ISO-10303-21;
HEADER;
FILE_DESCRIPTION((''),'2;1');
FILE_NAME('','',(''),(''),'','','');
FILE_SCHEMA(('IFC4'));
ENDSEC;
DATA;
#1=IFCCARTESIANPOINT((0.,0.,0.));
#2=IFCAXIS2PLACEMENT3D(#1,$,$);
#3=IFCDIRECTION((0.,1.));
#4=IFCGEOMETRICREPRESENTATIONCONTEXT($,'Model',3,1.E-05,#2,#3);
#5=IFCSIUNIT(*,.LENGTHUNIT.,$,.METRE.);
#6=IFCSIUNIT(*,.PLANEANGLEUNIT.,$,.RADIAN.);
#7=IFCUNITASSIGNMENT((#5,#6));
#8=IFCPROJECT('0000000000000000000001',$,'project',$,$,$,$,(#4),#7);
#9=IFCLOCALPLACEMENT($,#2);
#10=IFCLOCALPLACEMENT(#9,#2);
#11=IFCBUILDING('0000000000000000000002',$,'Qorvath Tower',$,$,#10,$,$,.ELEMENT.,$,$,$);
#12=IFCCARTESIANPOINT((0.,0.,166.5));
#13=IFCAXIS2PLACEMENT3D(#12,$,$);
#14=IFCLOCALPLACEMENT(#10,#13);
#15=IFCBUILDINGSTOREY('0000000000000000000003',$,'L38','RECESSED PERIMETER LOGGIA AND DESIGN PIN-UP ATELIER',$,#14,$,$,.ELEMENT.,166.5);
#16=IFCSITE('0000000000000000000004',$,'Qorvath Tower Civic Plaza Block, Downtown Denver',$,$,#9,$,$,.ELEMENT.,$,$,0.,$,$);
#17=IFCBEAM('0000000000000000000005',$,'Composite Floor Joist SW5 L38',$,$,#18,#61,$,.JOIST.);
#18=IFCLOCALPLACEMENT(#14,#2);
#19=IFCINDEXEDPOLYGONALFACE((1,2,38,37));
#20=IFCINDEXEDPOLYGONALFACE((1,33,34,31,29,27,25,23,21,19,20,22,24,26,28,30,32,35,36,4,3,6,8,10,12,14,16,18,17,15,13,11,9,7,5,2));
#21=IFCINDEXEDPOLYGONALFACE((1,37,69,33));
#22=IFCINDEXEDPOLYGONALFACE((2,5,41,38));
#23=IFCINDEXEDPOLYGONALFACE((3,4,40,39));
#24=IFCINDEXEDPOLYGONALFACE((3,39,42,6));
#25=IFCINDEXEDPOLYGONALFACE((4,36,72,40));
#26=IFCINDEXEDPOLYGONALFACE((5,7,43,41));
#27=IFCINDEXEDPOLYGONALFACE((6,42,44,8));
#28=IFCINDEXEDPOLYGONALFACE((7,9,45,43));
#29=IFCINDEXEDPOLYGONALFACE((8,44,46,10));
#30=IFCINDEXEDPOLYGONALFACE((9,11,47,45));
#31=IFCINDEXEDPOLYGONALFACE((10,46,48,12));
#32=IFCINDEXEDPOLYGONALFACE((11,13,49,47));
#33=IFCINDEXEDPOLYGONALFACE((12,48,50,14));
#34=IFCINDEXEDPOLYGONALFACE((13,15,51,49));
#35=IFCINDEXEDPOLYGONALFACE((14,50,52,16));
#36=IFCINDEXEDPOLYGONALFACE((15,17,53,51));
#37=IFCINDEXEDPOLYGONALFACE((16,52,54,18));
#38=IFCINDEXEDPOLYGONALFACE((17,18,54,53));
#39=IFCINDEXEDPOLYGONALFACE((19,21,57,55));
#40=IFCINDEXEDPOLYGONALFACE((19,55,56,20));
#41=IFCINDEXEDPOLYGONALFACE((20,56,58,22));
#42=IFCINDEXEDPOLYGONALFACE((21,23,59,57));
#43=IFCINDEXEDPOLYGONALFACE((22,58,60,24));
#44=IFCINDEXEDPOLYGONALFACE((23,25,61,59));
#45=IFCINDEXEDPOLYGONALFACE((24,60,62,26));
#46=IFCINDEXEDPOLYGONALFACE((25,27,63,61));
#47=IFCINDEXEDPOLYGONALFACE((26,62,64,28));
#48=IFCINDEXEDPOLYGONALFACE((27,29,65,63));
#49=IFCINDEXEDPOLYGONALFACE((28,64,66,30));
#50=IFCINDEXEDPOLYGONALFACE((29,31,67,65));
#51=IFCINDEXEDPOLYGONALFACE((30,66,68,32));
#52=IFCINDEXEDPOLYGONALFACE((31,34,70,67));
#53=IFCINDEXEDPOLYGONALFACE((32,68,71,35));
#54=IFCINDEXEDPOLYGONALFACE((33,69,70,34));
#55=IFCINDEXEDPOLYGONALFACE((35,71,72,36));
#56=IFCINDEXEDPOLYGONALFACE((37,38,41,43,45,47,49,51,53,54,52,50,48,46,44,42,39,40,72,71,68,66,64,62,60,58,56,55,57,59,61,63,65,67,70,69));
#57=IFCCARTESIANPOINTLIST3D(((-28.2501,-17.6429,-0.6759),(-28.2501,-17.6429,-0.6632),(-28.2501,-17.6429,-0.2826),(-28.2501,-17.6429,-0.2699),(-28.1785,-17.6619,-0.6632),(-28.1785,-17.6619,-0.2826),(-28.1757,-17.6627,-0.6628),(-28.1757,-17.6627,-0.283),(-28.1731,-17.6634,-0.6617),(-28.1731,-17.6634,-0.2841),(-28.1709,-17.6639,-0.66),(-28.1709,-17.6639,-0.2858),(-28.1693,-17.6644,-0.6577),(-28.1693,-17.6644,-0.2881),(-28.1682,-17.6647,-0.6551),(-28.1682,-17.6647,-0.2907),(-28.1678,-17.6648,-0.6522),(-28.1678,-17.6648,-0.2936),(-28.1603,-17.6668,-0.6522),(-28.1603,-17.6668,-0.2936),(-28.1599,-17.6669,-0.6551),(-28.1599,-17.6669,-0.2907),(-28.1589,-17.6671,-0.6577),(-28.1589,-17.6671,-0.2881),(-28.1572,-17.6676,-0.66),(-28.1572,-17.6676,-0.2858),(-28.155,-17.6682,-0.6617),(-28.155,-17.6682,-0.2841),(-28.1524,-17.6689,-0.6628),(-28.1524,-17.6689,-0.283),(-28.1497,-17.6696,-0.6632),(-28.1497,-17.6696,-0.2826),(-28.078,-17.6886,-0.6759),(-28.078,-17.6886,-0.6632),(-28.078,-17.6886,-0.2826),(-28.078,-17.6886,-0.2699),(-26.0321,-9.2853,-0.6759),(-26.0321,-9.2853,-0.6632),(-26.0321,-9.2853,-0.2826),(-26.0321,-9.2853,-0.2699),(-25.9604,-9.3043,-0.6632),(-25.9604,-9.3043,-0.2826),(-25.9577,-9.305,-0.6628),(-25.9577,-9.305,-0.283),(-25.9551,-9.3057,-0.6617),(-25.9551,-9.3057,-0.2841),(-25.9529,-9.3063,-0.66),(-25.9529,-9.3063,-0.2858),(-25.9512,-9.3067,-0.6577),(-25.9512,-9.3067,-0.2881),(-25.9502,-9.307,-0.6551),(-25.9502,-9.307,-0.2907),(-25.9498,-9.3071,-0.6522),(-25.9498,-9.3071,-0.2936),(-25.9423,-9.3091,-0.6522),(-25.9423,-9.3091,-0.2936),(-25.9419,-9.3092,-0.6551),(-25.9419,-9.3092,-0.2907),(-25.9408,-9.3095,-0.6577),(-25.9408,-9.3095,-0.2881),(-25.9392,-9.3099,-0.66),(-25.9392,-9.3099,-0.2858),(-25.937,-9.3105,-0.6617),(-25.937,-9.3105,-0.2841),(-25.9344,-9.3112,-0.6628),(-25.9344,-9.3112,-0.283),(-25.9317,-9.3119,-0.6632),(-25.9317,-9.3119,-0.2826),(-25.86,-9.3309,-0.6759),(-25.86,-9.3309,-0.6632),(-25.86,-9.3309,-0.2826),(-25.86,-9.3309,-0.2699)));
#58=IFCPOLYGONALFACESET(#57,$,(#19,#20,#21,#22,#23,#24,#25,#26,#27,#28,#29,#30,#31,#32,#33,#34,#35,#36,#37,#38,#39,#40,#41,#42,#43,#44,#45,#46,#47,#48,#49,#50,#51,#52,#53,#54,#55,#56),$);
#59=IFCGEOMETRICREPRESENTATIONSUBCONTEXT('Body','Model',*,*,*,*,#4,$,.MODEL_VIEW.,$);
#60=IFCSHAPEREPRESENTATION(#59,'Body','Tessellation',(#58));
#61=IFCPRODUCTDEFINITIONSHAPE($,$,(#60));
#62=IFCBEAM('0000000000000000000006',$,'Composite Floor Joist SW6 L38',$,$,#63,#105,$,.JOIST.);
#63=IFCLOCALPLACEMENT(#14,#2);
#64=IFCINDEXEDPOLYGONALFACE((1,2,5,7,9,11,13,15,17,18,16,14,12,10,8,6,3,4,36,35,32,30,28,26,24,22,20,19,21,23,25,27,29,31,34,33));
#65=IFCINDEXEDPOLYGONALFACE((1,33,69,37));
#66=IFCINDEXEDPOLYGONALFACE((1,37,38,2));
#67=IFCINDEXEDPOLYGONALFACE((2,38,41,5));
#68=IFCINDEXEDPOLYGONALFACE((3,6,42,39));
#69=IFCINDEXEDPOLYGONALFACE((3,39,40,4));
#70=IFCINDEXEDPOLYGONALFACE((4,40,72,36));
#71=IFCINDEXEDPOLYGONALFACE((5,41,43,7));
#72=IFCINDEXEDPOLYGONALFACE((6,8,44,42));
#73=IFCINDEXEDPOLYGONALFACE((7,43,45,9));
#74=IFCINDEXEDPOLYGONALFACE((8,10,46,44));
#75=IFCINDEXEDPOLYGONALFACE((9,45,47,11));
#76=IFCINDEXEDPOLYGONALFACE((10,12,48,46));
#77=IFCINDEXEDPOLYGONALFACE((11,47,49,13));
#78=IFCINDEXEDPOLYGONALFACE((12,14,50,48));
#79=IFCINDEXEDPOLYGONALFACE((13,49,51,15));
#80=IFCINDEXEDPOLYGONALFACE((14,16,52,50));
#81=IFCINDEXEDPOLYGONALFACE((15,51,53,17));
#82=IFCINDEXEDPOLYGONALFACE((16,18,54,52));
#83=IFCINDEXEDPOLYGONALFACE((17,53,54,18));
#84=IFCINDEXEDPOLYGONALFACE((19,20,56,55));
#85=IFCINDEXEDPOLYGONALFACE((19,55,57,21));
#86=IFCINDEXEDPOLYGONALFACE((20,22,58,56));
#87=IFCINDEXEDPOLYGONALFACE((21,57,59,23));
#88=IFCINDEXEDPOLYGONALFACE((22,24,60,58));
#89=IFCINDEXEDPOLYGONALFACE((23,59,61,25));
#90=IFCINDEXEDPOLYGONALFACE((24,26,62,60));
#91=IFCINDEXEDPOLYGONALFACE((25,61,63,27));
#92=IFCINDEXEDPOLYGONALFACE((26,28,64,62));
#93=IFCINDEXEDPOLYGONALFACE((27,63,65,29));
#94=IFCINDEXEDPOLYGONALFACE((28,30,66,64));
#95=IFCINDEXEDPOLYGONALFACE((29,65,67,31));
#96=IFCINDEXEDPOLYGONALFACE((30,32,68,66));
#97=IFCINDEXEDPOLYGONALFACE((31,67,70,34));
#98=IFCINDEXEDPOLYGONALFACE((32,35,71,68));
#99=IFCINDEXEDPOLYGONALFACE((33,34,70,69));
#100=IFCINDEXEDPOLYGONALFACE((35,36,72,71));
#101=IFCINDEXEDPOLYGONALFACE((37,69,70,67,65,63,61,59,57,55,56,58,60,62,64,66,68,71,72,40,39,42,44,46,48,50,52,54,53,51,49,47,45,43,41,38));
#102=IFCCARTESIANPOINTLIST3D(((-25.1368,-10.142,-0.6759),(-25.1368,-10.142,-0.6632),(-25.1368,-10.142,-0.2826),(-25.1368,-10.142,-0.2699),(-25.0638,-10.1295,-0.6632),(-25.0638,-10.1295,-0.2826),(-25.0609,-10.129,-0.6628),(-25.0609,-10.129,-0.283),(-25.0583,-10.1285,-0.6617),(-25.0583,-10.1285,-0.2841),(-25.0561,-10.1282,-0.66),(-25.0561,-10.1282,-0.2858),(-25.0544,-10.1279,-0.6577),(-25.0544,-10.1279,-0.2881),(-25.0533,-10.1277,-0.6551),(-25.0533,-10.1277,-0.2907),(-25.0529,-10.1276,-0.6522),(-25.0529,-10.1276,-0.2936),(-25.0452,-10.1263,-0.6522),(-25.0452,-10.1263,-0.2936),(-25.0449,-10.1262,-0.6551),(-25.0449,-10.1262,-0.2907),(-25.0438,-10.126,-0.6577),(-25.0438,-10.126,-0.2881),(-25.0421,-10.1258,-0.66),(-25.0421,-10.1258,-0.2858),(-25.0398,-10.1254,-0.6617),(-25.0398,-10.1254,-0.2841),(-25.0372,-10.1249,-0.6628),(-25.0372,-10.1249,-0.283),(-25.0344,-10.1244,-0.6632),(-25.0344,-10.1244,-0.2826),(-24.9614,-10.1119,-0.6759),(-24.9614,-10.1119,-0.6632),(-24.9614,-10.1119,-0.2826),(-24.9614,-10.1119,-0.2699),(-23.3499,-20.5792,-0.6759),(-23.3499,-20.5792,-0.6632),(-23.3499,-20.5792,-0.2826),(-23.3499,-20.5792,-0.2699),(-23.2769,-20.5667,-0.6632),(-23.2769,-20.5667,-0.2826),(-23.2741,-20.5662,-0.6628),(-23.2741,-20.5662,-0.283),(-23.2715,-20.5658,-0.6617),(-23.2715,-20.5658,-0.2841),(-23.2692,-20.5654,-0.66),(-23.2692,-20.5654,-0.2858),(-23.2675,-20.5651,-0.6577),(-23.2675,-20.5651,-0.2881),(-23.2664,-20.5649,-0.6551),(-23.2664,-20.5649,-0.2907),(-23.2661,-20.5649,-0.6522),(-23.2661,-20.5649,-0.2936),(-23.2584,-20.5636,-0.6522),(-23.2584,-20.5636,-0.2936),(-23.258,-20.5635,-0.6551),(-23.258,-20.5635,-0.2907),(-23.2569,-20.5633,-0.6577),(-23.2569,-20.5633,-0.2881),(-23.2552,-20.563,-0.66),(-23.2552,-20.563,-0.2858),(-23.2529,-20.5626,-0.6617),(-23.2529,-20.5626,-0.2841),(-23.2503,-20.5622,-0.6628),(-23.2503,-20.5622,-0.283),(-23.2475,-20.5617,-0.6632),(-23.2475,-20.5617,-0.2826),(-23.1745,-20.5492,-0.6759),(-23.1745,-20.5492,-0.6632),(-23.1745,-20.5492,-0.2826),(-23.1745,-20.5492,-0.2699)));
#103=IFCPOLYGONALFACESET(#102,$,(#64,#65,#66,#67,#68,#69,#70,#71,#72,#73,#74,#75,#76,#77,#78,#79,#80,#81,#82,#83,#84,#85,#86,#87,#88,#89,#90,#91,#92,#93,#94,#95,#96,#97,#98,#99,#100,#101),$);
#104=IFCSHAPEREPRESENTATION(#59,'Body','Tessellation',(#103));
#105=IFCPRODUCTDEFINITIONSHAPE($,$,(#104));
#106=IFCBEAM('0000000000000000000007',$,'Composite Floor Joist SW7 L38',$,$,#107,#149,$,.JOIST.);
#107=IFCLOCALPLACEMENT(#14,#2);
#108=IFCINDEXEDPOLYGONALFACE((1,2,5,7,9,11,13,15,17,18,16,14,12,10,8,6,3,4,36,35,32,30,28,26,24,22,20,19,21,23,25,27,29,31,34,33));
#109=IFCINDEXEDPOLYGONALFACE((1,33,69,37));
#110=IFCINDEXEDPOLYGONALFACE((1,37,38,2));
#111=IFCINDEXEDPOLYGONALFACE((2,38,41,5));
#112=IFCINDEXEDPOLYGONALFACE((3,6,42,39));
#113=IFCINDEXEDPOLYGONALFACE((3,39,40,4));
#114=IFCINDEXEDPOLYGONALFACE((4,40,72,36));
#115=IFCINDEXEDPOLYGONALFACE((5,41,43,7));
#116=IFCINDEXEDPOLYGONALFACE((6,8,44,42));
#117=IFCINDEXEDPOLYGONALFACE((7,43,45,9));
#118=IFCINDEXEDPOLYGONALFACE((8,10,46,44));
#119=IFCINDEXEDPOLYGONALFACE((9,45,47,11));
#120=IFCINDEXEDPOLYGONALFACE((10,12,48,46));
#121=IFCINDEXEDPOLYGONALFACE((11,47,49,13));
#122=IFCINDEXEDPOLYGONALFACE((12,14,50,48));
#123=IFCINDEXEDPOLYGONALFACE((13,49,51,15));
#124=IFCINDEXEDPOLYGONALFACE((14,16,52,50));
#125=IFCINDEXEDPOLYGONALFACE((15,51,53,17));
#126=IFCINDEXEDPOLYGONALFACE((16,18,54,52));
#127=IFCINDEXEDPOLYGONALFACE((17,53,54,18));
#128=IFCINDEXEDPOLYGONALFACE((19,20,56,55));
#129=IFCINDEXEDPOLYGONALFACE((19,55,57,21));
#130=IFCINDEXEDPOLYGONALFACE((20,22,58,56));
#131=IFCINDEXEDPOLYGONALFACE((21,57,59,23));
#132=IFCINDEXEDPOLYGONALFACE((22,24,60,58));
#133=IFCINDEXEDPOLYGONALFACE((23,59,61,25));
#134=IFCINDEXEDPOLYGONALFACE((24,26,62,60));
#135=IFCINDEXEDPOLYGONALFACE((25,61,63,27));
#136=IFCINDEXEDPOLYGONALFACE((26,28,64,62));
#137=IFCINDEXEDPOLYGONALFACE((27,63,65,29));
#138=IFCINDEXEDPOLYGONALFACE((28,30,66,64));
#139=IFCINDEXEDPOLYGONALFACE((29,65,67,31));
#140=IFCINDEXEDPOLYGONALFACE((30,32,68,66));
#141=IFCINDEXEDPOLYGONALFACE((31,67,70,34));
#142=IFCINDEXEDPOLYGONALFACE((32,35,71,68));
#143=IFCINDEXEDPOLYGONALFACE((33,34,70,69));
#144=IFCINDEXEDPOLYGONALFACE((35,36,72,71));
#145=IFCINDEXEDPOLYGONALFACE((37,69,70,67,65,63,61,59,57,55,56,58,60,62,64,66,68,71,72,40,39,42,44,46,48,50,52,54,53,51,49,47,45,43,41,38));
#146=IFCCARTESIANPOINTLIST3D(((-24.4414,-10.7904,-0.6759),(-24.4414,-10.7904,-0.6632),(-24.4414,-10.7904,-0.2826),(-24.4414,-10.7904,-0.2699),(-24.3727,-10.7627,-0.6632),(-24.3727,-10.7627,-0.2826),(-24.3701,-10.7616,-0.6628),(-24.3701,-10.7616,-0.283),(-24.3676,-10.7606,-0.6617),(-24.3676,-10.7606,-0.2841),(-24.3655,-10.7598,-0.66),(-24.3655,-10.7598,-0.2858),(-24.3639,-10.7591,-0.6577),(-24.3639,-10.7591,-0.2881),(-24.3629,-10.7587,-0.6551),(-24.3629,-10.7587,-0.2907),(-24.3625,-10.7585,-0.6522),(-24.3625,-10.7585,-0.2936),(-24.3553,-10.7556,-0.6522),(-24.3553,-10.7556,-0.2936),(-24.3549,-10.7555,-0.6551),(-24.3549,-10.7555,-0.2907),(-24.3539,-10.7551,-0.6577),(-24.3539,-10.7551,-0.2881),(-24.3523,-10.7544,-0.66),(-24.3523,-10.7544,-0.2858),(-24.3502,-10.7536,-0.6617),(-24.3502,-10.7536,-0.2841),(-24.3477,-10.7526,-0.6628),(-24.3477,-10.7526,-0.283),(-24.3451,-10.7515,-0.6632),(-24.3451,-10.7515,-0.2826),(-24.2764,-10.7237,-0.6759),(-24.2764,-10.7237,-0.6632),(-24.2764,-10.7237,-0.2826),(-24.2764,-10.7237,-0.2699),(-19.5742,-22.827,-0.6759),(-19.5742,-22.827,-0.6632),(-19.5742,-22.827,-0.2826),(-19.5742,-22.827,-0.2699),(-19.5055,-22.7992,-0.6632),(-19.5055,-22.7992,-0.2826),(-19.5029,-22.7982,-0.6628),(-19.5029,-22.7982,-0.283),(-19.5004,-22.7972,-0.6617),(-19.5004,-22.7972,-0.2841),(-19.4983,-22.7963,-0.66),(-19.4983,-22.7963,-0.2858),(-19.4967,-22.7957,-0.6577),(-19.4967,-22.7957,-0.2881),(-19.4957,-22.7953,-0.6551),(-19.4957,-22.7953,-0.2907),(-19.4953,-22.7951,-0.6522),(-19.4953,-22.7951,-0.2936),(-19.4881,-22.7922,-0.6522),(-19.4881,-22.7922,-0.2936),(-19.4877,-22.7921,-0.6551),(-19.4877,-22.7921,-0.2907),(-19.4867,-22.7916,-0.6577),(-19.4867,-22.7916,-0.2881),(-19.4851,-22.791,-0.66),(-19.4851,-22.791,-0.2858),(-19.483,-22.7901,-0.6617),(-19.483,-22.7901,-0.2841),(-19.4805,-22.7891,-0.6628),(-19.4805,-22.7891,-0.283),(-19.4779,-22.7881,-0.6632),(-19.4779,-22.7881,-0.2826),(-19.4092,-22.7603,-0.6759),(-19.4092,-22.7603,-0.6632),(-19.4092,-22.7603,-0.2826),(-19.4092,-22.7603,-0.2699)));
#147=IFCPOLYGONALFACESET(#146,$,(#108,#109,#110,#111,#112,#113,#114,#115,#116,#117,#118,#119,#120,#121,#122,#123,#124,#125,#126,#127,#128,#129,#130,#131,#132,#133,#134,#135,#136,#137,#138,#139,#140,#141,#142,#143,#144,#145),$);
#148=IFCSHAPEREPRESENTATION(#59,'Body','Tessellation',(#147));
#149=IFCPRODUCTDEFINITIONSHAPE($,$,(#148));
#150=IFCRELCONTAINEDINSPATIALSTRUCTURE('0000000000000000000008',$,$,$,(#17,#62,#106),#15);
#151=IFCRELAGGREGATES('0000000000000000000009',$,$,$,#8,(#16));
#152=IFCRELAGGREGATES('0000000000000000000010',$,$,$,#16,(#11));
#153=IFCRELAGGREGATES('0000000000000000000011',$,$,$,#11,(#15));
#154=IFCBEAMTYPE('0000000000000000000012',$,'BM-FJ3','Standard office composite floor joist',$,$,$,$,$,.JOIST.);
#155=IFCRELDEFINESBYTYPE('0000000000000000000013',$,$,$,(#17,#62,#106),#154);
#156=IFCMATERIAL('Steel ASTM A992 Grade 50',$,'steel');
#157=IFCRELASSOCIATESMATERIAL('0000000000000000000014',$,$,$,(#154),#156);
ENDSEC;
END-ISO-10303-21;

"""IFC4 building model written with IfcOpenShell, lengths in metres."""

from ifc_helpers import new_model, si_unit, direction, frame, origin, origin_2d, place, context, subcontext, project, spatial, i_section, extrude, material, material_profile, profile_set, type_object, element, save


model = new_model("IFC4")

# Units and contexts
model_context = context("Model", 3, precision=1e-05, world=origin(), true_north=direction((0.0, 1.0)))
body_context = subcontext(model_context, "Body", "Model", "MODEL_VIEW")
ifc_project = project(units=[si_unit("LENGTHUNIT", "METRE"), si_unit("PLANEANGLEUNIT", "RADIAN")], contexts=[model_context])

# Site, building, storey
site_placement = place(None, origin())
site = spatial("IfcSite", under=ifc_project, at=site_placement, Name="Qorvath Tower Civic Plaza Block, Downtown Denver", CompositionType="ELEMENT", RefElevation=0.0)
building_placement = place(site_placement, origin())
building = spatial("IfcBuilding", under=site, at=building_placement, Name="Qorvath Tower", CompositionType="ELEMENT")
storey_placement = place(building_placement, frame((0.0, 0.0, 166.5)))
storey = spatial("IfcBuildingStorey", under=building, at=storey_placement, Name="L38", Description="RECESSED PERIMETER LOGGIA AND DESIGN PIN-UP ATELIER", CompositionType="ELEMENT", Elevation=166.5)

# Beams
ifc_material_1 = material(Name="Steel ASTM A992 Grade 50", Category="steel")
ifc_material_profile_1 = material_profile(ifc_material_1, i_section(OverallWidth=0.178, OverallDepth=0.406, WebThickness=0.0078, FlangeThickness=0.0127, FilletRadius=0.011, at=origin_2d()), Name="W16x40")
ifc_profile_set_1 = profile_set([ifc_material_profile_1], Name="Steel ASTM A992 Grade 50")
beam_type_1 = type_object("IfcBeamType", Name="BM-FJ3", Description="Standard office composite floor joist", PredefinedType="JOIST", material=ifc_profile_set_1)
beam_1_placement = place(storey_placement, frame((-25.946, -9.3081, -0.4729), z_axis=(-0.256508, -0.966542, 0.0), x_axis=(0.966542, -0.256508, 0.0)))
element("IfcBeam", 1, at=beam_1_placement, inside=storey, type_object=beam_type_1, Name="Composite Floor Joist SW5 L38", PredefinedType="JOIST", context=body_context, shape_type="SweptSolid", body=[
    extrude(i_section(OverallWidth=0.178, OverallDepth=0.406, WebThickness=0.0078, FlangeThickness=0.0127, FilletRadius=0.011, at=origin_2d()), origin(), (0.0, 0.0, 1.0), 8.647),
])
beam_2_placement = place(storey_placement, frame((-25.0491, -10.127, -0.4729), z_axis=(0.168746, -0.98566, 0.0), x_axis=(0.98566, 0.168746, 0.0)))
element("IfcBeam", 2, at=beam_2_placement, inside=storey, type_object=beam_type_1, Name="Composite Floor Joist SW6 L38", PredefinedType="JOIST", context=body_context, shape_type="SweptSolid", body=[
    extrude(i_section(OverallWidth=0.178, OverallDepth=0.406, WebThickness=0.0078, FlangeThickness=0.0127, FilletRadius=0.011, at=origin_2d()), origin(), (0.0, 0.0, 1.0), 10.5891),
])
beam_3_placement = place(storey_placement, frame((-24.3589, -10.7571, -0.4729), z_axis=(0.374877, -0.927075, 0.0), x_axis=(0.927075, 0.374877, 0.0)))
element("IfcBeam", 3, at=beam_3_placement, inside=storey, type_object=beam_type_1, Name="Composite Floor Joist SW7 L38", PredefinedType="JOIST", context=body_context, shape_type="SweptSolid", body=[
    extrude(i_section(OverallWidth=0.178, OverallDepth=0.406, WebThickness=0.0078, FlangeThickness=0.0127, FilletRadius=0.011, at=origin_2d()), origin(), (0.0, 0.0, 1.0), 12.9834),
])

save(model, "model.ifc")
